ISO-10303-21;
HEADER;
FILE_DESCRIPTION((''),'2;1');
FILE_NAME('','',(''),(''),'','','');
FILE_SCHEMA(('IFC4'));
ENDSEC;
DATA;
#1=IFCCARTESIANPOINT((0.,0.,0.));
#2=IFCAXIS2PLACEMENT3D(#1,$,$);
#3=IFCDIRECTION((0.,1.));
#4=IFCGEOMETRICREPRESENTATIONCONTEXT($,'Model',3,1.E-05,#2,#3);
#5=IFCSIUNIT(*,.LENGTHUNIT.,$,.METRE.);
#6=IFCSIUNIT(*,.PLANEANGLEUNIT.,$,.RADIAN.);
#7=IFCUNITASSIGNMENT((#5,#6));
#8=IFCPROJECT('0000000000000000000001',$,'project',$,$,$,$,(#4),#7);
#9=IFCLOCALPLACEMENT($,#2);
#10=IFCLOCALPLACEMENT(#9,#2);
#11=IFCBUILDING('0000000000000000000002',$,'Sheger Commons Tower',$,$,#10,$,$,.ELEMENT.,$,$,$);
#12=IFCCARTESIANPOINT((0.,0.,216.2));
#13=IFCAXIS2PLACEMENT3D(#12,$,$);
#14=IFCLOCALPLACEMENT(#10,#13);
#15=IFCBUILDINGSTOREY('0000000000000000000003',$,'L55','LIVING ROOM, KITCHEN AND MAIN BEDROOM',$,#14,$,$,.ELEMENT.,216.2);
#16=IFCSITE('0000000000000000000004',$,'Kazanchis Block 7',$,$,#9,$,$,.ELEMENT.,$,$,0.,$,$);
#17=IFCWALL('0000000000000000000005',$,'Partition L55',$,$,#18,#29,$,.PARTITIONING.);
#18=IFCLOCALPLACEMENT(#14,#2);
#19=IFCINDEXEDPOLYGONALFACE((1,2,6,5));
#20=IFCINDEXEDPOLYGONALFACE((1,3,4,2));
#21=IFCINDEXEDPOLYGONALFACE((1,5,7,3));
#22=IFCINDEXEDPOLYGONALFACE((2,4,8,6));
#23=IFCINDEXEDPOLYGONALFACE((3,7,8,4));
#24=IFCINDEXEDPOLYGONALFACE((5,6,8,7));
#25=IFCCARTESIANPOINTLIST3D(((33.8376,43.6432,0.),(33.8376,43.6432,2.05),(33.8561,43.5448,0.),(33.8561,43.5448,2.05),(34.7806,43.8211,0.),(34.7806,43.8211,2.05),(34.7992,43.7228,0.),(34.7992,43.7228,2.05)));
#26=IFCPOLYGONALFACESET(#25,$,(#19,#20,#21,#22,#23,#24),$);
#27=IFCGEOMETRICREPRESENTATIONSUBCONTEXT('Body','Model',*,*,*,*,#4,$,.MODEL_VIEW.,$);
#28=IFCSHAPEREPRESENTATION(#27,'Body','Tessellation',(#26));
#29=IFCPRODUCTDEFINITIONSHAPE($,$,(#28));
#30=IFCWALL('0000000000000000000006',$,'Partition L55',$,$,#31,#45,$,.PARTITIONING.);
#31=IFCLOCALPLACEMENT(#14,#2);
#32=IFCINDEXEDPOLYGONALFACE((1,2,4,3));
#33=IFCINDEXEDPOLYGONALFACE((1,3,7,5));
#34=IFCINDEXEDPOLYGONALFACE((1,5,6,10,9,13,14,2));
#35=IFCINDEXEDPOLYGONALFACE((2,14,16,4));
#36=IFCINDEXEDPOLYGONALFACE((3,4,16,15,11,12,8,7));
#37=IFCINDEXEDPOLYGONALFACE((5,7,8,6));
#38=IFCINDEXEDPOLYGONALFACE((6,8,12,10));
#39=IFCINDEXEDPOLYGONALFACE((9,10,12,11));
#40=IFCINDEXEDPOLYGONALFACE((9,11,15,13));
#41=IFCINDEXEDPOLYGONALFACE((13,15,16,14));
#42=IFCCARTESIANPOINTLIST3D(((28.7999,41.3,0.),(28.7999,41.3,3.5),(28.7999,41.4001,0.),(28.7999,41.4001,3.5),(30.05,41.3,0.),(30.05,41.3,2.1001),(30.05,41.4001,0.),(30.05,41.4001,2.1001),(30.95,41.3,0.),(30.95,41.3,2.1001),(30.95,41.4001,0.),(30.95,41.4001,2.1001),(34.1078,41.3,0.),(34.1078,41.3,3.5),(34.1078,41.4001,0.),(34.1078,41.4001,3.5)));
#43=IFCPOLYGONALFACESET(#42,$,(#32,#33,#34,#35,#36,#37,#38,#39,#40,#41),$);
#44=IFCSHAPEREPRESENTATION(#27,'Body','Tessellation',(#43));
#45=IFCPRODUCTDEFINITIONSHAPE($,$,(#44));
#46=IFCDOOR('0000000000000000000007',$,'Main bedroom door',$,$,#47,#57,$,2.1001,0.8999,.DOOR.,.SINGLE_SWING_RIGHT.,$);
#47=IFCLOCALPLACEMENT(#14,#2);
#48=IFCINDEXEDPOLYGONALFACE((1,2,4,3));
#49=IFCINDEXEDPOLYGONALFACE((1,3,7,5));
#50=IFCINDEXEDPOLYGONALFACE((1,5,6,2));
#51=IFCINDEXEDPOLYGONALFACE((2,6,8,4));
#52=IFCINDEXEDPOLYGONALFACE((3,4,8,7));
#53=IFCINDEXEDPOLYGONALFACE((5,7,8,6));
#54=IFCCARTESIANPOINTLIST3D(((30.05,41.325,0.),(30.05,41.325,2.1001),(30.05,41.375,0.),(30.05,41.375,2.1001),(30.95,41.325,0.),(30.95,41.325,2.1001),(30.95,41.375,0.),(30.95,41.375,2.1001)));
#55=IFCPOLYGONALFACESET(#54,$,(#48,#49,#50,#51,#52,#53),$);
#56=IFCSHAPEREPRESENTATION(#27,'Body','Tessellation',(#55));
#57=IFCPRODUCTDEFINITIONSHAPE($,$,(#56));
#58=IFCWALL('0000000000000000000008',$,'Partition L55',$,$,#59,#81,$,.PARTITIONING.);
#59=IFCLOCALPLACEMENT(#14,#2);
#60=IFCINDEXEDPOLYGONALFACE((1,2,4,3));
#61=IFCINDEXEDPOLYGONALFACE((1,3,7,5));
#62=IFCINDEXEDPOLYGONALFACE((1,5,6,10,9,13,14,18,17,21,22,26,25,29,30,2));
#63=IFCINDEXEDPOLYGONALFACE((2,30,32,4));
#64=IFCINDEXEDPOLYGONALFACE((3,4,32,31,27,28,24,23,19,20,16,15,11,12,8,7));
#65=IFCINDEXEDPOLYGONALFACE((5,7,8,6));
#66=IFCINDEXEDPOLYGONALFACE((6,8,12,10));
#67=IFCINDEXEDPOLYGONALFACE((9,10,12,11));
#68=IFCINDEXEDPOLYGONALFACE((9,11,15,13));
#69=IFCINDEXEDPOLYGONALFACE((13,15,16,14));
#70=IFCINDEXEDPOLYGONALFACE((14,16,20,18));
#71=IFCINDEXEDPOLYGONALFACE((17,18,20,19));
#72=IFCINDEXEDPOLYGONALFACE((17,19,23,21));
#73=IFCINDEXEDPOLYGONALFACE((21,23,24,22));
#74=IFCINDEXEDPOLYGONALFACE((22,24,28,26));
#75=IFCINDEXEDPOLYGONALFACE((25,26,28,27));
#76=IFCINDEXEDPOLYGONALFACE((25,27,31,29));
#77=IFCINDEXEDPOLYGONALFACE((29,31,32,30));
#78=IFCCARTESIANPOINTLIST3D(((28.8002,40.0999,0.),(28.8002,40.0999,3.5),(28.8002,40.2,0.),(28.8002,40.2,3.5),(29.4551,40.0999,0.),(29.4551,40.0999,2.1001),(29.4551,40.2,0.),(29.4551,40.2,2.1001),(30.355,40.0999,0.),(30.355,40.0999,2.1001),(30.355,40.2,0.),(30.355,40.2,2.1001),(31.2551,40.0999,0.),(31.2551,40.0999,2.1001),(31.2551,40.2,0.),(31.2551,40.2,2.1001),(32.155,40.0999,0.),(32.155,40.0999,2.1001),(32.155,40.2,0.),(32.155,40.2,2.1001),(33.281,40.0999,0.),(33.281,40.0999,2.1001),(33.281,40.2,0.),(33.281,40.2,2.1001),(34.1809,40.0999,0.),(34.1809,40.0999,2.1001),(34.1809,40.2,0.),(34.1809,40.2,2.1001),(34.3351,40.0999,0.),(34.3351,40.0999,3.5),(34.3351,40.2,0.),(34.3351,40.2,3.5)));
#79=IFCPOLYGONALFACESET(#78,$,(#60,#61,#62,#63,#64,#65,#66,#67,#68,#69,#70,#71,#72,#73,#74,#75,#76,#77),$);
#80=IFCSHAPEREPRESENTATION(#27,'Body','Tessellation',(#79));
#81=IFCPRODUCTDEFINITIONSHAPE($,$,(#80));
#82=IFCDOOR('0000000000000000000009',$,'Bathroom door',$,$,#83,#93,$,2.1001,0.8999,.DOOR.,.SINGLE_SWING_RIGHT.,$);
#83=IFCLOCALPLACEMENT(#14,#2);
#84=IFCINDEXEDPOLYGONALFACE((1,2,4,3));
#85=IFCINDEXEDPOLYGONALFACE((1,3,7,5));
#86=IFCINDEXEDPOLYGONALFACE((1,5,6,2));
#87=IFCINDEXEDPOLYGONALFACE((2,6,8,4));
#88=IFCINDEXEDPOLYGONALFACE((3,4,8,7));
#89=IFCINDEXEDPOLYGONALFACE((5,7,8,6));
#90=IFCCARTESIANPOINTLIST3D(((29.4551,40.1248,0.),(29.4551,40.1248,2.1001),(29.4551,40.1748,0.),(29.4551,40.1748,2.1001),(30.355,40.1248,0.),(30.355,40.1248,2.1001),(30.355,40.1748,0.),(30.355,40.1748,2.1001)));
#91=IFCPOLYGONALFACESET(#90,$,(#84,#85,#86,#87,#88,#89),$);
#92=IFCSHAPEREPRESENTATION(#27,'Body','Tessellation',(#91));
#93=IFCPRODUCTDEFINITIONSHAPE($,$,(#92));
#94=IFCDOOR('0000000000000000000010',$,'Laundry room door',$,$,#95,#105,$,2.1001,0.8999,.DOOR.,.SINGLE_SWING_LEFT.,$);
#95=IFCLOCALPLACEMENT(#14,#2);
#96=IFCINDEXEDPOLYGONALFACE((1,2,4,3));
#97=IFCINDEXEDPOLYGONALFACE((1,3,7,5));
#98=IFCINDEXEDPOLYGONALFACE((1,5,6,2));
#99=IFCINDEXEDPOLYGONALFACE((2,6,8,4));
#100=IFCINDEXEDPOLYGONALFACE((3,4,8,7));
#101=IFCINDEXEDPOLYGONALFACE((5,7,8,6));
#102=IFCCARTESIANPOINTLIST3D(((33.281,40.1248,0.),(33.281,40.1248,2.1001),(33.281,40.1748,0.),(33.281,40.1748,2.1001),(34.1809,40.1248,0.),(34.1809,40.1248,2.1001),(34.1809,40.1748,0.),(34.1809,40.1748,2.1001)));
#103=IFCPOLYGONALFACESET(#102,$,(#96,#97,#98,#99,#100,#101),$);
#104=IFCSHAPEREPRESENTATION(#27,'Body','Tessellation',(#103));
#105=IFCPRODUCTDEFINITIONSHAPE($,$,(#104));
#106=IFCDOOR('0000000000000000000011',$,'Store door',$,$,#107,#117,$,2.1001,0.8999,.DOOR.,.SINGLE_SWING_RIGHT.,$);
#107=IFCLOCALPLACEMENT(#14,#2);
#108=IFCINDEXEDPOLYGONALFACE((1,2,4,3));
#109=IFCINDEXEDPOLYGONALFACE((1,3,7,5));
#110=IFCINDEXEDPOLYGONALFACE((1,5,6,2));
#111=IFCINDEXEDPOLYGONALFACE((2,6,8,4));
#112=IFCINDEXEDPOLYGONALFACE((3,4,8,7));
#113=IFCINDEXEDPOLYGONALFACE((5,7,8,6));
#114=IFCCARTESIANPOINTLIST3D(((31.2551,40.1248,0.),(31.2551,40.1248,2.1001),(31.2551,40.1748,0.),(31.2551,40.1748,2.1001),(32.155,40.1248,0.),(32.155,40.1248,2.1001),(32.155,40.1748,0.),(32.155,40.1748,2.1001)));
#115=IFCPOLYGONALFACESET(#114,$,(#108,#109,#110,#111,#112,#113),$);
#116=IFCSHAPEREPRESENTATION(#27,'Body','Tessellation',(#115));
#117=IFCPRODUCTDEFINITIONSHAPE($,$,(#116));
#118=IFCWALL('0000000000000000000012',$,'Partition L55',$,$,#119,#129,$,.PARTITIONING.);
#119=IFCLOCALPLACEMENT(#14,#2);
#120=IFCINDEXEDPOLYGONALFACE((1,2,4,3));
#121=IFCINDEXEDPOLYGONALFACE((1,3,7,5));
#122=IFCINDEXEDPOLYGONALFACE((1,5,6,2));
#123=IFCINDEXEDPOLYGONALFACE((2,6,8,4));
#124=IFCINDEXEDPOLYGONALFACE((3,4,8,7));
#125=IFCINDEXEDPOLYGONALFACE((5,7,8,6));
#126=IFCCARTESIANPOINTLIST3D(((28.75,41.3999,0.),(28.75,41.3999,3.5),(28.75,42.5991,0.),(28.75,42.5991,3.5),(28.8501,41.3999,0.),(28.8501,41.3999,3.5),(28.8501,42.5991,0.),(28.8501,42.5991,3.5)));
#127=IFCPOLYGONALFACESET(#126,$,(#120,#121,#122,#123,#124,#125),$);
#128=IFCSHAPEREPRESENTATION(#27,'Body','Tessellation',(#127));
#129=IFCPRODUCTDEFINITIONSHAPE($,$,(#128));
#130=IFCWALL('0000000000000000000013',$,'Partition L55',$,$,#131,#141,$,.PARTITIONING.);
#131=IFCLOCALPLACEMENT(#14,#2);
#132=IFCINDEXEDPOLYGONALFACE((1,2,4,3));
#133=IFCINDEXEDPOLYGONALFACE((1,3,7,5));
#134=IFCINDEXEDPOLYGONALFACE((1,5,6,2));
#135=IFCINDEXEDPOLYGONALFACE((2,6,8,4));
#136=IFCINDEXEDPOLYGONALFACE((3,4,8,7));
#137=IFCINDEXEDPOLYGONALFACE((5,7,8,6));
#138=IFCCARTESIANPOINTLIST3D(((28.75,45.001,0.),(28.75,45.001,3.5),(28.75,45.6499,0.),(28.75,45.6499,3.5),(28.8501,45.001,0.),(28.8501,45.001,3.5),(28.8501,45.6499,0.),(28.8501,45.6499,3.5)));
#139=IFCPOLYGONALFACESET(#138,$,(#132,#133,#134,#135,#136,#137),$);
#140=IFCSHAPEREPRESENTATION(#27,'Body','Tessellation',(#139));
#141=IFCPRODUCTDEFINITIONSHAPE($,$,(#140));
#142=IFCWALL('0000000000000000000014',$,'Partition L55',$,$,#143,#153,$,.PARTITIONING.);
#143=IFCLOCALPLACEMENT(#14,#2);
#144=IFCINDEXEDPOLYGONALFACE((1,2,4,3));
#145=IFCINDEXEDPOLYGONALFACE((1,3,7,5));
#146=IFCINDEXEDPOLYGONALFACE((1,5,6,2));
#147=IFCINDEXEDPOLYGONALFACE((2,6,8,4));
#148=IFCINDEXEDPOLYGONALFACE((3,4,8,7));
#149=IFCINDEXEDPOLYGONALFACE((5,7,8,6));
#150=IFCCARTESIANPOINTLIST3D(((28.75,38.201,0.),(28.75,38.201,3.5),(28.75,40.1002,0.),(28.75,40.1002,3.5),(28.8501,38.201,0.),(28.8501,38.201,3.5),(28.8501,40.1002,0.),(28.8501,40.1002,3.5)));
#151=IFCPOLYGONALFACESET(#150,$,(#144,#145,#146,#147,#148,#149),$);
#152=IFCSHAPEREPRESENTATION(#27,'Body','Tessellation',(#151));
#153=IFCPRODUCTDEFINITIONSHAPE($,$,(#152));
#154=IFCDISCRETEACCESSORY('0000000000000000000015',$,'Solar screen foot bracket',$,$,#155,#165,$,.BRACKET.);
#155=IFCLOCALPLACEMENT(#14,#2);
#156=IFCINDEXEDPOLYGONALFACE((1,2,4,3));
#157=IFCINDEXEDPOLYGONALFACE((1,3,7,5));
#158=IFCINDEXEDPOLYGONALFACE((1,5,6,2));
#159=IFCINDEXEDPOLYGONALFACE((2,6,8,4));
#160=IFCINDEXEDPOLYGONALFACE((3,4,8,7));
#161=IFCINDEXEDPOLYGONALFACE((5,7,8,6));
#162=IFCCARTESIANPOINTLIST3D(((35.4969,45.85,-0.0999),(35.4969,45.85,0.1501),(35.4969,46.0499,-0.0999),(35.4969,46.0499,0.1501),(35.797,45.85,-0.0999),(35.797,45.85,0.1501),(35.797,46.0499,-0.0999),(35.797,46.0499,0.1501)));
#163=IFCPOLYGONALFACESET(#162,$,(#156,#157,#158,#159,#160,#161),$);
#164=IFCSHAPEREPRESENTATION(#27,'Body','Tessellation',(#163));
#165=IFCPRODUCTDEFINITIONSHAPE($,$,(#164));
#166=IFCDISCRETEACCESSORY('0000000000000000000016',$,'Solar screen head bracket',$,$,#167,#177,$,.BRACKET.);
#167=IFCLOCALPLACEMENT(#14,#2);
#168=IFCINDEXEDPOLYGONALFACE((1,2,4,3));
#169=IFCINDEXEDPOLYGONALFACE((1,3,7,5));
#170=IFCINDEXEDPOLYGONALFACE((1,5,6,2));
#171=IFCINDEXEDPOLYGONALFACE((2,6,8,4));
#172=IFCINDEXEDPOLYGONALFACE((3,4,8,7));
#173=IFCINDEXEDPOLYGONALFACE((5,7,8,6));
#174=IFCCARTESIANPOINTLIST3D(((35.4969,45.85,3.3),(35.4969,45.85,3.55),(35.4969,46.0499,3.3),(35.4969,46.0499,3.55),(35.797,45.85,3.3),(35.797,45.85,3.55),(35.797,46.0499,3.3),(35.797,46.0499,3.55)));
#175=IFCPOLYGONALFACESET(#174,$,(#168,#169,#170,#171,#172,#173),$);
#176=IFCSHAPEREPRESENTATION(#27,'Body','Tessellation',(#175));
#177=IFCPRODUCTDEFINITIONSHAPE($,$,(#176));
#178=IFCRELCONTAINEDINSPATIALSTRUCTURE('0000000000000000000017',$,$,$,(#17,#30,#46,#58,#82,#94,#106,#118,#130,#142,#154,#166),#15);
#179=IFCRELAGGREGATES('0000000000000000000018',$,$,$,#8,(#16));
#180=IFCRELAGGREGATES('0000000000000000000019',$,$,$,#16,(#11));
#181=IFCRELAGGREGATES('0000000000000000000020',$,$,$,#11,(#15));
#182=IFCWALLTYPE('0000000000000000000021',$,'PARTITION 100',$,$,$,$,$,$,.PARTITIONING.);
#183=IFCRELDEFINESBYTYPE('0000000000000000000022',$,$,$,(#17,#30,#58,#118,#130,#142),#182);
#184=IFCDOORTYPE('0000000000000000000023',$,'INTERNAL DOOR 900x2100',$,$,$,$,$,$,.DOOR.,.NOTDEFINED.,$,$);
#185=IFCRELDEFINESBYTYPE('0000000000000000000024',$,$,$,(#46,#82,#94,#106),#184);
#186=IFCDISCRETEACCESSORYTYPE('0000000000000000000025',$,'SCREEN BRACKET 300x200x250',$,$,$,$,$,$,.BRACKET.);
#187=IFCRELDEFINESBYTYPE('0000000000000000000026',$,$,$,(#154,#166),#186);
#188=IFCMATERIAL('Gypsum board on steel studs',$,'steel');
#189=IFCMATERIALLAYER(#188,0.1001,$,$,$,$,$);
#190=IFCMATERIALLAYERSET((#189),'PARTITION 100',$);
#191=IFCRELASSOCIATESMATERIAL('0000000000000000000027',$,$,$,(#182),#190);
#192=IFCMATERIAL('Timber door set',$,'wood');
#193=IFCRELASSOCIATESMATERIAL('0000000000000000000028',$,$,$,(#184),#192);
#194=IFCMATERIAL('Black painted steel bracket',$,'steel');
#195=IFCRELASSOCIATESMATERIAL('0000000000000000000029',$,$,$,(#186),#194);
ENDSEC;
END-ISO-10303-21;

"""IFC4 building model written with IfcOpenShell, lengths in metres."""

from ifc_helpers import new_model, si_unit, direction, frame, frame_2d, origin, origin_2d, place, context, subcontext, project, spatial, rectangle, extrude, material, layer, layer_set, type_object, element, fill, save


model = new_model("IFC4")

# Units and contexts
model_context = context("Model", 3, precision=1e-05, world=origin(), true_north=direction((0.0, 1.0)))
body_context = subcontext(model_context, "Body", "Model", "MODEL_VIEW")
ifc_project = project(units=[si_unit("LENGTHUNIT", "METRE"), si_unit("PLANEANGLEUNIT", "RADIAN")], contexts=[model_context])

# Site, building, storey
site_placement = place(None, origin())
site = spatial("IfcSite", under=ifc_project, at=site_placement, Name="Kazanchis Block 7", CompositionType="ELEMENT", RefElevation=0.0)
building_placement = place(site_placement, origin())
building = spatial("IfcBuilding", under=site, at=building_placement, Name="Sheger Commons Tower", CompositionType="ELEMENT")
storey_placement = place(building_placement, frame((0.0, 0.0, 216.2)))
storey = spatial("IfcBuildingStorey", under=building, at=storey_placement, Name="L55", Description="LIVING ROOM, KITCHEN AND MAIN BEDROOM", CompositionType="ELEMENT", Elevation=216.2)

# Wall
ifc_material_1 = material(Name="Gypsum board on steel studs", Category="steel")
ifc_layer_1 = layer(ifc_material_1, 0.1001)
ifc_layer_set_1 = layer_set([ifc_layer_1], Name="PARTITION 100")
wall_type_1 = type_object("IfcWallType", Name="PARTITION 100", PredefinedType="PARTITIONING", material=ifc_layer_set_1)
wall_1_placement = place(storey_placement, frame((34.79, 43.772, 0.0), z_axis=(0.0, 0.0, 1.0), x_axis=(-0.982656, -0.18544, 0.0)))
element("IfcWall", 1, at=wall_1_placement, inside=storey, type_object=wall_type_1, Name="Partition L55", PredefinedType="PARTITIONING", context=body_context, shape_type="SweptSolid", body=[
    extrude(rectangle(XDim=0.9597, YDim=0.1001, at=frame_2d((0.48, 0.0))), origin(), (0.0, 0.0, 1.0), 2.05),
])

# Wall, opening, door
wall_2_placement = place(storey_placement, frame((28.8, 41.3501, 0.0), z_axis=(0.0, 0.0, 1.0), x_axis=(1.0, 0.0, 0.0)))
wall_2 = element("IfcWall", 2, at=wall_2_placement, inside=storey, type_object=wall_type_1, Name="Partition L55", PredefinedType="PARTITIONING", context=body_context, shape_type="SweptSolid", body=[
    extrude(rectangle(XDim=5.3079, YDim=0.1001, at=frame_2d((2.6538, 0.0))), origin(), (0.0, 0.0, 1.0), 3.5),
])
opening_1_placement = place(wall_2_placement, frame((1.25, 0.0, 0.0)))
opening_1 = element("IfcOpeningElement", 3, at=opening_1_placement, cuts=wall_2, PredefinedType="OPENING", context=body_context, shape_type="SweptSolid", body=[
    extrude(rectangle(XDim=0.8999, YDim=2.1001, at=frame_2d((0.45, 1.05))), frame((0.0, 0.0601, 0.0), z_axis=(0.0, -1.0, 0.0), x_axis=(1.0, 0.0, 0.0)), (0.0, 0.0, 1.0), 0.1201),
])
ifc_material_2 = material(Name="Timber door set", Category="wood")
door_type_1 = type_object("IfcDoorType", Name="INTERNAL DOOR 900x2100", OperationType="NOTDEFINED", PredefinedType="DOOR", material=ifc_material_2)
door_1_placement = place(opening_1_placement, origin())
door_1 = element("IfcDoor", 4, at=door_1_placement, inside=storey, type_object=door_type_1, Name="Main bedroom door", OperationType="SINGLE_SWING_RIGHT", OverallHeight=2.1001, OverallWidth=0.8999, PredefinedType="DOOR", context=body_context, shape_type="SweptSolid", body=[
    extrude(rectangle(XDim=0.8999, YDim=2.1001, at=frame_2d((0.45, 1.05))), frame((0.0, 0.0249, 0.0), z_axis=(0.0, -1.0, 0.0), x_axis=(1.0, 0.0, 0.0)), (0.0, 0.0, 1.0), 0.05),
])
fill(opening_1, door_1)

# Wall, openings, doors
wall_3_placement = place(storey_placement, frame((28.8, 40.1499, 0.0), z_axis=(0.0, 0.0, 1.0), x_axis=(1.0, 0.0, 0.0)))
wall_3 = element("IfcWall", 5, at=wall_3_placement, inside=storey, type_object=wall_type_1, Name="Partition L55", PredefinedType="PARTITIONING", context=body_context, shape_type="SweptSolid", body=[
    extrude(rectangle(XDim=5.5349, YDim=0.1001, at=frame_2d((2.7676, 0.0))), origin(), (0.0, 0.0, 1.0), 3.5),
])
opening_2_placement = place(wall_3_placement, frame((0.655, 0.0, 0.0)))
opening_2 = element("IfcOpeningElement", 6, at=opening_2_placement, cuts=wall_3, PredefinedType="OPENING", context=body_context, shape_type="SweptSolid", body=[
    extrude(rectangle(XDim=0.8999, YDim=2.1001, at=frame_2d((0.45, 1.05))), frame((0.0, 0.0601, 0.0), z_axis=(0.0, -1.0, 0.0), x_axis=(1.0, 0.0, 0.0)), (0.0, 0.0, 1.0), 0.1201),
])
opening_3_placement = place(wall_3_placement, frame((4.481, 0.0, 0.0)))
opening_3 = element("IfcOpeningElement", 7, at=opening_3_placement, cuts=wall_3, PredefinedType="OPENING", context=body_context, shape_type="SweptSolid", body=[
    extrude(rectangle(XDim=0.8999, YDim=2.1001, at=frame_2d((0.45, 1.05))), frame((0.0, 0.0601, 0.0), z_axis=(0.0, -1.0, 0.0), x_axis=(1.0, 0.0, 0.0)), (0.0, 0.0, 1.0), 0.1201),
])
opening_4_placement = place(wall_3_placement, frame((2.4551, 0.0, 0.0)))
opening_4 = element("IfcOpeningElement", 8, at=opening_4_placement, cuts=wall_3, PredefinedType="OPENING", context=body_context, shape_type="SweptSolid", body=[
    extrude(rectangle(XDim=0.8999, YDim=2.1001, at=frame_2d((0.45, 1.05))), frame((0.0, 0.0601, 0.0), z_axis=(0.0, -1.0, 0.0), x_axis=(1.0, 0.0, 0.0)), (0.0, 0.0, 1.0), 0.1201),
])
door_2_placement = place(opening_2_placement, origin())
door_2 = element("IfcDoor", 9, at=door_2_placement, inside=storey, type_object=door_type_1, Name="Bathroom door", OperationType="SINGLE_SWING_RIGHT", OverallHeight=2.1001, OverallWidth=0.8999, PredefinedType="DOOR", context=body_context, shape_type="SweptSolid", body=[
    extrude(rectangle(XDim=0.8999, YDim=2.1001, at=frame_2d((0.45, 1.05))), frame((0.0, 0.0249, 0.0), z_axis=(0.0, -1.0, 0.0), x_axis=(1.0, 0.0, 0.0)), (0.0, 0.0, 1.0), 0.05),
])
fill(opening_2, door_2)
door_3_placement = place(opening_3_placement, origin())
door_3 = element("IfcDoor", 10, at=door_3_placement, inside=storey, type_object=door_type_1, Name="Laundry room door", OperationType="SINGLE_SWING_LEFT", OverallHeight=2.1001, OverallWidth=0.8999, PredefinedType="DOOR", context=body_context, shape_type="SweptSolid", body=[
    extrude(rectangle(XDim=0.8999, YDim=2.1001, at=frame_2d((0.45, 1.05))), frame((0.0, 0.0249, 0.0), z_axis=(0.0, -1.0, 0.0), x_axis=(1.0, 0.0, 0.0)), (0.0, 0.0, 1.0), 0.05),
])
fill(opening_3, door_3)
door_4_placement = place(opening_4_placement, origin())
door_4 = element("IfcDoor", 11, at=door_4_placement, inside=storey, type_object=door_type_1, Name="Store door", OperationType="SINGLE_SWING_RIGHT", OverallHeight=2.1001, OverallWidth=0.8999, PredefinedType="DOOR", context=body_context, shape_type="SweptSolid", body=[
    extrude(rectangle(XDim=0.8999, YDim=2.1001, at=frame_2d((0.45, 1.05))), frame((0.0, 0.0249, 0.0), z_axis=(0.0, -1.0, 0.0), x_axis=(1.0, 0.0, 0.0)), (0.0, 0.0, 1.0), 0.05),
])
fill(opening_4, door_4)

# Walls
wall_4_placement = place(storey_placement, frame((28.8, 41.3999, 0.0), z_axis=(0.0, 0.0, 1.0), x_axis=(0.0, 1.0, 0.0)))
element("IfcWall", 12, at=wall_4_placement, inside=storey, type_object=wall_type_1, Name="Partition L55", PredefinedType="PARTITIONING", context=body_context, shape_type="SweptSolid", body=[
    extrude(rectangle(XDim=1.1992, YDim=0.1001, at=frame_2d((0.5996, 0.0))), origin(), (0.0, 0.0, 1.0), 3.5),
])
wall_5_placement = place(storey_placement, frame((28.8, 45.001, 0.0), z_axis=(0.0, 0.0, 1.0), x_axis=(0.0, 1.0, 0.0)))
element("IfcWall", 13, at=wall_5_placement, inside=storey, type_object=wall_type_1, Name="Partition L55", PredefinedType="PARTITIONING", context=body_context, shape_type="SweptSolid", body=[
    extrude(rectangle(XDim=0.6489, YDim=0.1001, at=frame_2d((0.3245, 0.0))), origin(), (0.0, 0.0, 1.0), 3.5),
])
wall_6_placement = place(storey_placement, frame((28.8, 38.2009, 0.0), z_axis=(0.0, 0.0, 1.0), x_axis=(0.0, 1.0, 0.0)))
element("IfcWall", 14, at=wall_6_placement, inside=storey, type_object=wall_type_1, Name="Partition L55", PredefinedType="PARTITIONING", context=body_context, shape_type="SweptSolid", body=[
    extrude(rectangle(XDim=1.8992, YDim=0.1001, at=frame_2d((0.9497, 0.0))), origin(), (0.0, 0.0, 1.0), 3.5),
])

# Discrete accessories
ifc_material_3 = material(Name="Black painted steel bracket", Category="steel")
discrete_accessory_type = type_object("IfcDiscreteAccessoryType", Name="SCREEN BRACKET 300x200x250", PredefinedType="BRACKET", material=ifc_material_3)
for number, where, z_axis, x_axis, name in (
    (15, (35.647, 45.95, -0.0999), (0.0, 0.0, 1.0), (-1.0, 0.0, 0.0), "Solar screen foot bracket"),
    (16, (35.647, 45.95, 3.3), (0.0, 0.0, 1.0), (-1.0, 0.0, 0.0), "Solar screen head bracket"),
):
    element("IfcDiscreteAccessory", number, at=place(storey_placement, frame(where, z_axis=z_axis, x_axis=x_axis)), inside=storey, type_object=discrete_accessory_type, Name=name, PredefinedType="BRACKET", context=body_context, shape_type="SweptSolid", body=[
        extrude(rectangle(XDim=0.3, YDim=0.2, at=origin_2d()), origin(), (0.0, 0.0, 1.0), 0.25),
    ])

save(model, "model.ifc")
